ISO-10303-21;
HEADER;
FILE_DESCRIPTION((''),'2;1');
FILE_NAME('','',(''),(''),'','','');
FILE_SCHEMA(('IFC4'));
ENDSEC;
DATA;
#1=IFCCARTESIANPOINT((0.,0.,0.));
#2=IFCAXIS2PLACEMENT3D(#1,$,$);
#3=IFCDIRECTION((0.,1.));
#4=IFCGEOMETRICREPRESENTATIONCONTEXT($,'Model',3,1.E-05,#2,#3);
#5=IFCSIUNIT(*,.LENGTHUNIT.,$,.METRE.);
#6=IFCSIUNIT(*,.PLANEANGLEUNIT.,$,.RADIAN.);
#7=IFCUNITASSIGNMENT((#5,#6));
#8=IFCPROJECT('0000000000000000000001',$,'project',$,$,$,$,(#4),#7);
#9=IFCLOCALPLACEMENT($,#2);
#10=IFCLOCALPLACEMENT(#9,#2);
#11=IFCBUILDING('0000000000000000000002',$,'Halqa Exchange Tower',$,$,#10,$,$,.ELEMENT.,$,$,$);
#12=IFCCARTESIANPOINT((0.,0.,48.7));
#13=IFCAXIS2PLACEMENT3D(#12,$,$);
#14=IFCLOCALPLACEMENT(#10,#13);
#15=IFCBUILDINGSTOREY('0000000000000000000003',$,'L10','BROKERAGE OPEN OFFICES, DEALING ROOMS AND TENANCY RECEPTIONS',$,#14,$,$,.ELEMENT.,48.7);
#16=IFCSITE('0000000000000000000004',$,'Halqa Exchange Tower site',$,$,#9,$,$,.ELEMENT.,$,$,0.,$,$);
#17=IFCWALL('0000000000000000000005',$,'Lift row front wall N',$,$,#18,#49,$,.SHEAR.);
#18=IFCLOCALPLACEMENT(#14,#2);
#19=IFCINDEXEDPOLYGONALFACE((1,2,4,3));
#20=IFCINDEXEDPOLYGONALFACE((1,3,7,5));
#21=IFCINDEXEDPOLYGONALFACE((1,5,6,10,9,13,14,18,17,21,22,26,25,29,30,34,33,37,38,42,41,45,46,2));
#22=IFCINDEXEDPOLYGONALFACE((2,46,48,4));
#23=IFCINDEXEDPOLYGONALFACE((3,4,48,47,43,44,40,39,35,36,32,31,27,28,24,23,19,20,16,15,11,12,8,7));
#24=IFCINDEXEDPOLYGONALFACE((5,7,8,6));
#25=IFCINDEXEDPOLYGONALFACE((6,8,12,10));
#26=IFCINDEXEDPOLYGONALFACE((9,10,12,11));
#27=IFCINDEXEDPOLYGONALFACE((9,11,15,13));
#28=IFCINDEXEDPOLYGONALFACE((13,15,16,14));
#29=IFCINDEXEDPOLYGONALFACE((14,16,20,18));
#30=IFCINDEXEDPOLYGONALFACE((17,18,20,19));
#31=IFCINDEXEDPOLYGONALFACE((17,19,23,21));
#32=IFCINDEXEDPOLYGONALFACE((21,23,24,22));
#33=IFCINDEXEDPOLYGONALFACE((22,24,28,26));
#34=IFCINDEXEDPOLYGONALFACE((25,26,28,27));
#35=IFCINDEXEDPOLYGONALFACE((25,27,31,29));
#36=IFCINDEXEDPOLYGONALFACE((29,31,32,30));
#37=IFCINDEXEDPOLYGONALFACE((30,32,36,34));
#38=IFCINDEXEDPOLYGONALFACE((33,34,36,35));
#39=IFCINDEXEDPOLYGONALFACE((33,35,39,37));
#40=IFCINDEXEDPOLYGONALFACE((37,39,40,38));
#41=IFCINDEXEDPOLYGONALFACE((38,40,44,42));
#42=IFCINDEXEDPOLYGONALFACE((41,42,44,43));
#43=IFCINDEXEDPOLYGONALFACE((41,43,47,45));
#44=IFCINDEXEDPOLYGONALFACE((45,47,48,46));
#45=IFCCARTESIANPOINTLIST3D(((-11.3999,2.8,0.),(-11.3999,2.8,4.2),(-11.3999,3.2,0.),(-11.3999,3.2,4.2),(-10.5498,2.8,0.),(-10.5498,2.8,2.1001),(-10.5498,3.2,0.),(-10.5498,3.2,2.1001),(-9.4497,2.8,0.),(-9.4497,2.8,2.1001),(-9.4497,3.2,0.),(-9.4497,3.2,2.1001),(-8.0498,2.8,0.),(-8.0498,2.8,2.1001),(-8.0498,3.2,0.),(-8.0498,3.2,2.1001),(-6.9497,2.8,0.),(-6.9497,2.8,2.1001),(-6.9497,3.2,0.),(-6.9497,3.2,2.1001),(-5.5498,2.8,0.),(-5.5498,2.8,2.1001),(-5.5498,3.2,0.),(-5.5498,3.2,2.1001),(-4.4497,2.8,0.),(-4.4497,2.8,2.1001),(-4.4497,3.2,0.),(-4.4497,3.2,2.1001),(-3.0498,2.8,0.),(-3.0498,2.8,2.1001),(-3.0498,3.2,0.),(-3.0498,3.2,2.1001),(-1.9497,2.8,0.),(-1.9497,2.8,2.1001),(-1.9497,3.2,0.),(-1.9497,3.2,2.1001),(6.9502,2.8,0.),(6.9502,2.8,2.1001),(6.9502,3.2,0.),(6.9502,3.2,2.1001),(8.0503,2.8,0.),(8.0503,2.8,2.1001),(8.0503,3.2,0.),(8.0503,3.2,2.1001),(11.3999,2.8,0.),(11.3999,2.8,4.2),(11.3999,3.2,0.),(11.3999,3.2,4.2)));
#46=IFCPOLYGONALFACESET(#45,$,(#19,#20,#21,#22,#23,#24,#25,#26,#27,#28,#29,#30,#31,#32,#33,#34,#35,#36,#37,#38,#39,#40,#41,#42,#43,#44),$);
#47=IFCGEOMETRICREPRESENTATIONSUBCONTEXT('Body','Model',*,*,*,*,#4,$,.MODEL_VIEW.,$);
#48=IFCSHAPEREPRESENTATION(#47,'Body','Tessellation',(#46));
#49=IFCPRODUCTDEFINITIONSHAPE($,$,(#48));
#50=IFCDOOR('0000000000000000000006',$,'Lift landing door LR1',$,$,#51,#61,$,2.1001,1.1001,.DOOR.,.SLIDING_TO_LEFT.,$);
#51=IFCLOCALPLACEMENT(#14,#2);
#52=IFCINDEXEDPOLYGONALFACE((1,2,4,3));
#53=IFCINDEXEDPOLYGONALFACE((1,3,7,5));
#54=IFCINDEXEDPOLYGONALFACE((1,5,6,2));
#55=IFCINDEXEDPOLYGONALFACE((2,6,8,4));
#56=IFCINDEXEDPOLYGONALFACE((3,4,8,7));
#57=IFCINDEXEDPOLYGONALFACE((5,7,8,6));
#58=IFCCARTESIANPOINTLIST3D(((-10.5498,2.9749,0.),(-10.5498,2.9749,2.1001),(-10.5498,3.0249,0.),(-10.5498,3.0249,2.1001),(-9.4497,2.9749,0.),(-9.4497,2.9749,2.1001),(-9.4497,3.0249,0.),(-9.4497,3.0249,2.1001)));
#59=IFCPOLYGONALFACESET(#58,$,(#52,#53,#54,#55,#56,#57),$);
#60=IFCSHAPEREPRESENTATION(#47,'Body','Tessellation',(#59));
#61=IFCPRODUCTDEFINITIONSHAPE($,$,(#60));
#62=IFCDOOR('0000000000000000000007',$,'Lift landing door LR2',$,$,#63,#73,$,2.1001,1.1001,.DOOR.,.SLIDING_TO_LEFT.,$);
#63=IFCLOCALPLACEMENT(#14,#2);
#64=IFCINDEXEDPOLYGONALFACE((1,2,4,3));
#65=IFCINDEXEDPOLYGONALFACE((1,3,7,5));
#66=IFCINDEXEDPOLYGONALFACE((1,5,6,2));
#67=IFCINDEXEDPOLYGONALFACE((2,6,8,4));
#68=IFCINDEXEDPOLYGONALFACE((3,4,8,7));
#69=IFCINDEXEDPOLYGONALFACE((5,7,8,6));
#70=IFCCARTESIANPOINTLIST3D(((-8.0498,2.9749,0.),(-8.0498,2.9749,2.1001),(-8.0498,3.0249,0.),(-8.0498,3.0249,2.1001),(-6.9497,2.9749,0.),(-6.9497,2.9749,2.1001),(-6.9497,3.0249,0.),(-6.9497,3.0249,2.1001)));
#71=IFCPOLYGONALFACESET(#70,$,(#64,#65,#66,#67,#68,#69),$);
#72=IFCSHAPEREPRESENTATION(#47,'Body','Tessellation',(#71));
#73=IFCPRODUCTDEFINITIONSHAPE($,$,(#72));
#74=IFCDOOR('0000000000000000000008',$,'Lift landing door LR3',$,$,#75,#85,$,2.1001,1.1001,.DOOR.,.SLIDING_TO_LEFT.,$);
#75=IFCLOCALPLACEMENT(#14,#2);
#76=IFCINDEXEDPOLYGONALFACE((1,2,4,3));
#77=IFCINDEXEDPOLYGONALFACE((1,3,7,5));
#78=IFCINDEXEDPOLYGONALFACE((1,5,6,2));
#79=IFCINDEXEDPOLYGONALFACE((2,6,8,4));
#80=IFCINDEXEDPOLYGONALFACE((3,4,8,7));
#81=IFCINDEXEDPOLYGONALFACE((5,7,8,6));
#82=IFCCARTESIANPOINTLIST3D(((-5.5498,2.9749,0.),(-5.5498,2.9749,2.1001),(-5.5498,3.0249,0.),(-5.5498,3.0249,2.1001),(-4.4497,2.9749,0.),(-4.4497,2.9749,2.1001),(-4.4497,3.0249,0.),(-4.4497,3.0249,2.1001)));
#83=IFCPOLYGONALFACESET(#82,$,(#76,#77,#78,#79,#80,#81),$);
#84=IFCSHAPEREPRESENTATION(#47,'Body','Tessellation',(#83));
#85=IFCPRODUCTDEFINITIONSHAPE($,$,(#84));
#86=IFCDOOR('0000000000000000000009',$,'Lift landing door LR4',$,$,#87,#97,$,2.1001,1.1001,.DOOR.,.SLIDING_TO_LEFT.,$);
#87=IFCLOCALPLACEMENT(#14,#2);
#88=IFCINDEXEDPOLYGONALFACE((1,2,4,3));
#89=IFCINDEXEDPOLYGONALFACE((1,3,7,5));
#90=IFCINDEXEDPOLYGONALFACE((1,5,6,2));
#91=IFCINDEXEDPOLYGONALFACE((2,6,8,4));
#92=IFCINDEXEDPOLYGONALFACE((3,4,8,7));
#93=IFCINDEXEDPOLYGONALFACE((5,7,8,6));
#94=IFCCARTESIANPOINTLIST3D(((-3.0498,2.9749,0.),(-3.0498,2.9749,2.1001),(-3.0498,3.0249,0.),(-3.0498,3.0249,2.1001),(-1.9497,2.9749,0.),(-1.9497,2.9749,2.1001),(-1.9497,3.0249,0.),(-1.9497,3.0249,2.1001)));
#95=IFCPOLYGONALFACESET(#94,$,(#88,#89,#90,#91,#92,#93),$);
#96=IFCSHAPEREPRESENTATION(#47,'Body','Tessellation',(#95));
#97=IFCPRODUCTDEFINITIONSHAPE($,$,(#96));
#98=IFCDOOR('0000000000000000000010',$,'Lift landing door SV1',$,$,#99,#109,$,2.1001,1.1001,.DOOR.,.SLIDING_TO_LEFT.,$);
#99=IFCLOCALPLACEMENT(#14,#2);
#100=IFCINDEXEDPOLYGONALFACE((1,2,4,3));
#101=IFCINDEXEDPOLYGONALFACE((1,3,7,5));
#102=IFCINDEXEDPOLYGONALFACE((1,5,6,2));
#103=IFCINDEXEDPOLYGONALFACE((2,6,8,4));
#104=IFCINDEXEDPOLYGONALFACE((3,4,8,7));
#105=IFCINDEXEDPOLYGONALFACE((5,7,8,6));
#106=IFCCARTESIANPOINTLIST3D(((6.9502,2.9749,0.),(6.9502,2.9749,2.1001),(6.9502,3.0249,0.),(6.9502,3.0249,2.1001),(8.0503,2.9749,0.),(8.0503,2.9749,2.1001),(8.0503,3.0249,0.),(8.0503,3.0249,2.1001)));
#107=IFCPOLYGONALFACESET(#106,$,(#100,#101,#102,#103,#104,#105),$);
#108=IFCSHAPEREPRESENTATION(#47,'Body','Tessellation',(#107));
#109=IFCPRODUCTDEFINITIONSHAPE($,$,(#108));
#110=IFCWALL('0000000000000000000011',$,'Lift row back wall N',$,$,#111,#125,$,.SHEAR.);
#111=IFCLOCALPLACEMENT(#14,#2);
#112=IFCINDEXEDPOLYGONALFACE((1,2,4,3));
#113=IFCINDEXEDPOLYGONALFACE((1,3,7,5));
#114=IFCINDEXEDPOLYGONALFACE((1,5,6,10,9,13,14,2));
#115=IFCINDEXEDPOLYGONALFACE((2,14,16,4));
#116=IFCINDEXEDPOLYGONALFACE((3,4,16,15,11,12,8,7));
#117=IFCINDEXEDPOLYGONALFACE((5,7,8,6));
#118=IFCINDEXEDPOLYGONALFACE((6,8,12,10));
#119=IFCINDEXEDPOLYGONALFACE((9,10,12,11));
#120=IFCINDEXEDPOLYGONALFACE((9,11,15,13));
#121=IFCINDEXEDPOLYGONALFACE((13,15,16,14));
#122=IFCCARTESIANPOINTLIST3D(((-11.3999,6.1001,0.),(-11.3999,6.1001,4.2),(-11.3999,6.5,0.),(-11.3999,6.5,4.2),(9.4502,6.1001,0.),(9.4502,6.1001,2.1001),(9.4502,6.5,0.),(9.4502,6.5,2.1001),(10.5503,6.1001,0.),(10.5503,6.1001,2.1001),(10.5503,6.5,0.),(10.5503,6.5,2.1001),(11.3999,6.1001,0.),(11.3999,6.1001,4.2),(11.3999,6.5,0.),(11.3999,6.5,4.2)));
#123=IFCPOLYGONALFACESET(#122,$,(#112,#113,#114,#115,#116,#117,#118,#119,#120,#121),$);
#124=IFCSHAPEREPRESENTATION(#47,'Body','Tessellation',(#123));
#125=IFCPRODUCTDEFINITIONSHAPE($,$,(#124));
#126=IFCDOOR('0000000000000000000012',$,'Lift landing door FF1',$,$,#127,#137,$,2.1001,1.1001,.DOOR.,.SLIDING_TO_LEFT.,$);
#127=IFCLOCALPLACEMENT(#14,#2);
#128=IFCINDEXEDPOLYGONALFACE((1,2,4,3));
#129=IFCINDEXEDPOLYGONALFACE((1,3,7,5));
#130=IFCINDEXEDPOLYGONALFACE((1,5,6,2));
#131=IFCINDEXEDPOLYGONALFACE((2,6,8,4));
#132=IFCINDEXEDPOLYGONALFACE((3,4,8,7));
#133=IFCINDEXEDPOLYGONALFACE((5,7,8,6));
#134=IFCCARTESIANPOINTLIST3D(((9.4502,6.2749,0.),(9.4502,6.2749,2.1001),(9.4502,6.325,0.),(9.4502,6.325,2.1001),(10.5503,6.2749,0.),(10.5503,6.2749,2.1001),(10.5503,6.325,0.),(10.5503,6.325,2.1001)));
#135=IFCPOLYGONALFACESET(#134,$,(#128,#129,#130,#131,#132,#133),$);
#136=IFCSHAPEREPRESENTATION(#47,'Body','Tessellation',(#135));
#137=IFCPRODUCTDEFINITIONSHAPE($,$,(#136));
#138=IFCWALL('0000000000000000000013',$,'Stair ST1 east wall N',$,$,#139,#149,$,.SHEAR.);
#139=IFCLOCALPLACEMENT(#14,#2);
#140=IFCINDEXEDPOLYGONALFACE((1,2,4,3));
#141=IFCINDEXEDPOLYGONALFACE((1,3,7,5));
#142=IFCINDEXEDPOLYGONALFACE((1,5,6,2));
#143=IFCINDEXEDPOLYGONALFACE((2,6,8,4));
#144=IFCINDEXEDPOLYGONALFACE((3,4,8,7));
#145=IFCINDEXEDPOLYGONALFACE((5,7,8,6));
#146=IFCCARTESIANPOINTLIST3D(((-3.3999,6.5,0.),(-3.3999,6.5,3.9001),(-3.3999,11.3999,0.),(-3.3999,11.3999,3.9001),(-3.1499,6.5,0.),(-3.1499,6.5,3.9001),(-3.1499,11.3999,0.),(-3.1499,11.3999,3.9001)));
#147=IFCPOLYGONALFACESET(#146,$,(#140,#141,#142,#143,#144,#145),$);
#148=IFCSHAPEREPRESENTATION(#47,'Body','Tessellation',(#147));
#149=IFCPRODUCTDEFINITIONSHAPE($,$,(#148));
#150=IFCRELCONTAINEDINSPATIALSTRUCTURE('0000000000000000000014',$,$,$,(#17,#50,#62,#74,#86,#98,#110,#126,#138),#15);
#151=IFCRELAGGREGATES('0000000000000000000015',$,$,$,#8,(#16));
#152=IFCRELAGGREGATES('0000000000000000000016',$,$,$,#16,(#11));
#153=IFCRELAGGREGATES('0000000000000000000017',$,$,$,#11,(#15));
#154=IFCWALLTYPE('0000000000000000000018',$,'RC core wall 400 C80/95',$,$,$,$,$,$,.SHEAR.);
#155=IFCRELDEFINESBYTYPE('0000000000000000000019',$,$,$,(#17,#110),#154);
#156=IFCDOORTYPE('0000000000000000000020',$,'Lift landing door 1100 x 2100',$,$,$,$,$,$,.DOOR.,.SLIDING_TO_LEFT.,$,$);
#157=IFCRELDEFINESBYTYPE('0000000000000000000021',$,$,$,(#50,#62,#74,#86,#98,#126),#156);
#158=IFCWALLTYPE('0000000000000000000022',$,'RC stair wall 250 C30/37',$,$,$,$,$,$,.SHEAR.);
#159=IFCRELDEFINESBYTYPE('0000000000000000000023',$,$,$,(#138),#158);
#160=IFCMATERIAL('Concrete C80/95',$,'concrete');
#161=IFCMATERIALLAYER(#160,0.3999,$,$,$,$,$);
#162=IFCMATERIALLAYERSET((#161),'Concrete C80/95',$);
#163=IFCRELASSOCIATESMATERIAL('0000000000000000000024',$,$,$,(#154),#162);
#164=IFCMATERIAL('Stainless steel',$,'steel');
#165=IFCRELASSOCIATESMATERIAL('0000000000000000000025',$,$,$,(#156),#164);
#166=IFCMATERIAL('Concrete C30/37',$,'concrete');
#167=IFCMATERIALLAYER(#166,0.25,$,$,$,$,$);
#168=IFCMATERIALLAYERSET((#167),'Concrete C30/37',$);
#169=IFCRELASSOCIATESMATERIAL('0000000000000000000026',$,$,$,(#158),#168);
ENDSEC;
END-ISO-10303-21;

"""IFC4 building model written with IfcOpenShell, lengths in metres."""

from ifc_helpers import new_model, si_unit, direction, frame, frame_2d, origin, place, context, subcontext, project, spatial, rectangle, extrude, material, layer, layer_set, type_object, element, fill, save


model = new_model("IFC4")

# Units and contexts
model_context = context("Model", 3, precision=1e-05, world=origin(), true_north=direction((0.0, 1.0)))
body_context = subcontext(model_context, "Body", "Model", "MODEL_VIEW")
ifc_project = project(units=[si_unit("LENGTHUNIT", "METRE"), si_unit("PLANEANGLEUNIT", "RADIAN")], contexts=[model_context])

# Site, building, storey
site_placement = place(None, origin())
site = spatial("IfcSite", under=ifc_project, at=site_placement, Name="Halqa Exchange Tower site", CompositionType="ELEMENT", RefElevation=0.0)
building_placement = place(site_placement, origin())
building = spatial("IfcBuilding", under=site, at=building_placement, Name="Halqa Exchange Tower", CompositionType="ELEMENT")
storey_placement = place(building_placement, frame((0.0, 0.0, 48.7)))
storey = spatial("IfcBuildingStorey", under=building, at=storey_placement, Name="L10", Description="BROKERAGE OPEN OFFICES, DEALING ROOMS AND TENANCY RECEPTIONS", CompositionType="ELEMENT", Elevation=48.7)

# Wall, openings, doors
ifc_material_1 = material(Name="Concrete C80/95", Category="concrete")
ifc_layer_1 = layer(ifc_material_1, 0.3999)
ifc_layer_set_1 = layer_set([ifc_layer_1], Name="Concrete C80/95")
wall_type_1 = type_object("IfcWallType", Name="RC core wall 400 C80/95", PredefinedType="SHEAR", material=ifc_layer_set_1)
wall_1_placement = place(storey_placement, frame((-11.3999, 3.0, 0.0), z_axis=(0.0, 0.0, 1.0), x_axis=(1.0, 0.0, 0.0)))
wall_1 = element("IfcWall", 1, at=wall_1_placement, inside=storey, type_object=wall_type_1, Name="Lift row front wall N", PredefinedType="SHEAR", context=body_context, shape_type="SweptSolid", body=[
    extrude(rectangle(XDim=22.7998, YDim=0.3999, at=frame_2d((11.3999, 0.0))), origin(), (0.0, 0.0, 1.0), 4.2),
])
opening_1_placement = place(wall_1_placement, frame((0.8501, 0.0, 0.0)))
opening_1 = element("IfcOpeningElement", 2, at=opening_1_placement, cuts=wall_1, PredefinedType="OPENING", context=body_context, shape_type="SweptSolid", body=[
    extrude(rectangle(XDim=1.1001, YDim=2.1001, at=frame_2d((0.55, 1.05))), frame((0.0, 0.2119, 0.0), z_axis=(0.0, -1.0, 0.0), x_axis=(1.0, 0.0, 0.0)), (0.0, 0.0, 1.0), 0.4238),
])
opening_2_placement = place(wall_1_placement, frame((3.3501, 0.0, 0.0)))
opening_2 = element("IfcOpeningElement", 3, at=opening_2_placement, cuts=wall_1, PredefinedType="OPENING", context=body_context, shape_type="SweptSolid", body=[
    extrude(rectangle(XDim=1.1001, YDim=2.1001, at=frame_2d((0.55, 1.05))), frame((0.0, 0.2119, 0.0), z_axis=(0.0, -1.0, 0.0), x_axis=(1.0, 0.0, 0.0)), (0.0, 0.0, 1.0), 0.4238),
])
opening_3_placement = place(wall_1_placement, frame((5.8501, 0.0, 0.0)))
opening_3 = element("IfcOpeningElement", 4, at=opening_3_placement, cuts=wall_1, PredefinedType="OPENING", context=body_context, shape_type="SweptSolid", body=[
    extrude(rectangle(XDim=1.1001, YDim=2.1001, at=frame_2d((0.55, 1.05))), frame((0.0, 0.2119, 0.0), z_axis=(0.0, -1.0, 0.0), x_axis=(1.0, 0.0, 0.0)), (0.0, 0.0, 1.0), 0.4238),
])
opening_4_placement = place(wall_1_placement, frame((8.3501, 0.0, 0.0)))
opening_4 = element("IfcOpeningElement", 5, at=opening_4_placement, cuts=wall_1, PredefinedType="OPENING", context=body_context, shape_type="SweptSolid", body=[
    extrude(rectangle(XDim=1.1001, YDim=2.1001, at=frame_2d((0.55, 1.05))), frame((0.0, 0.2119, 0.0), z_axis=(0.0, -1.0, 0.0), x_axis=(1.0, 0.0, 0.0)), (0.0, 0.0, 1.0), 0.4238),
])
opening_5_placement = place(wall_1_placement, frame((18.3501, 0.0, 0.0)))
opening_5 = element("IfcOpeningElement", 6, at=opening_5_placement, cuts=wall_1, PredefinedType="OPENING", context=body_context, shape_type="SweptSolid", body=[
    extrude(rectangle(XDim=1.1001, YDim=2.1001, at=frame_2d((0.55, 1.05))), frame((0.0, 0.2119, 0.0), z_axis=(0.0, -1.0, 0.0), x_axis=(1.0, 0.0, 0.0)), (0.0, 0.0, 1.0), 0.4238),
])
ifc_material_2 = material(Name="Stainless steel", Category="steel")
door_type = type_object("IfcDoorType", Name="Lift landing door 1100 x 2100", OperationType="SLIDING_TO_LEFT", PredefinedType="DOOR", material=ifc_material_2)
door_1_placement = place(opening_1_placement, origin())
door_1 = element("IfcDoor", 7, at=door_1_placement, inside=storey, type_object=door_type, Name="Lift landing door LR1", OperationType="SLIDING_TO_LEFT", OverallHeight=2.1001, OverallWidth=1.1001, PredefinedType="DOOR", context=body_context, shape_type="SweptSolid", body=[
    extrude(rectangle(XDim=1.1001, YDim=2.1001, at=frame_2d((0.55, 1.05))), frame((0.0, 0.0249, 0.0), z_axis=(0.0, -1.0, 0.0), x_axis=(1.0, 0.0, 0.0)), (0.0, 0.0, 1.0), 0.05),
])
fill(opening_1, door_1)
door_2_placement = place(opening_2_placement, origin())
door_2 = element("IfcDoor", 8, at=door_2_placement, inside=storey, type_object=door_type, Name="Lift landing door LR2", OperationType="SLIDING_TO_LEFT", OverallHeight=2.1001, OverallWidth=1.1001, PredefinedType="DOOR", context=body_context, shape_type="SweptSolid", body=[
    extrude(rectangle(XDim=1.1001, YDim=2.1001, at=frame_2d((0.55, 1.05))), frame((0.0, 0.0249, 0.0), z_axis=(0.0, -1.0, 0.0), x_axis=(1.0, 0.0, 0.0)), (0.0, 0.0, 1.0), 0.05),
])
fill(opening_2, door_2)
door_3_placement = place(opening_3_placement, origin())
door_3 = element("IfcDoor", 9, at=door_3_placement, inside=storey, type_object=door_type, Name="Lift landing door LR3", OperationType="SLIDING_TO_LEFT", OverallHeight=2.1001, OverallWidth=1.1001, PredefinedType="DOOR", context=body_context, shape_type="SweptSolid", body=[
    extrude(rectangle(XDim=1.1001, YDim=2.1001, at=frame_2d((0.55, 1.05))), frame((0.0, 0.0249, 0.0), z_axis=(0.0, -1.0, 0.0), x_axis=(1.0, 0.0, 0.0)), (0.0, 0.0, 1.0), 0.05),
])
fill(opening_3, door_3)
door_4_placement = place(opening_4_placement, origin())
door_4 = element("IfcDoor", 10, at=door_4_placement, inside=storey, type_object=door_type, Name="Lift landing door LR4", OperationType="SLIDING_TO_LEFT", OverallHeight=2.1001, OverallWidth=1.1001, PredefinedType="DOOR", context=body_context, shape_type="SweptSolid", body=[
    extrude(rectangle(XDim=1.1001, YDim=2.1001, at=frame_2d((0.55, 1.05))), frame((0.0, 0.0249, 0.0), z_axis=(0.0, -1.0, 0.0), x_axis=(1.0, 0.0, 0.0)), (0.0, 0.0, 1.0), 0.05),
])
fill(opening_4, door_4)
door_5_placement = place(opening_5_placement, origin())
door_5 = element("IfcDoor", 11, at=door_5_placement, inside=storey, type_object=door_type, Name="Lift landing door SV1", OperationType="SLIDING_TO_LEFT", OverallHeight=2.1001, OverallWidth=1.1001, PredefinedType="DOOR", context=body_context, shape_type="SweptSolid", body=[
    extrude(rectangle(XDim=1.1001, YDim=2.1001, at=frame_2d((0.55, 1.05))), frame((0.0, 0.0249, 0.0), z_axis=(0.0, -1.0, 0.0), x_axis=(1.0, 0.0, 0.0)), (0.0, 0.0, 1.0), 0.05),
])
fill(opening_5, door_5)

# Wall, opening, door
wall_2_placement = place(storey_placement, frame((-11.3999, 6.3, 0.0), z_axis=(0.0, 0.0, 1.0), x_axis=(1.0, 0.0, 0.0)))
wall_2 = element("IfcWall", 12, at=wall_2_placement, inside=storey, type_object=wall_type_1, Name="Lift row back wall N", PredefinedType="SHEAR", context=body_context, shape_type="SweptSolid", body=[
    extrude(rectangle(XDim=22.7998, YDim=0.3999, at=frame_2d((11.3999, 0.0))), origin(), (0.0, 0.0, 1.0), 4.2),
])
opening_6_placement = place(wall_2_placement, frame((20.8501, 0.0, 0.0)))
opening_6 = element("IfcOpeningElement", 13, at=opening_6_placement, cuts=wall_2, PredefinedType="OPENING", context=body_context, shape_type="SweptSolid", body=[
    extrude(rectangle(XDim=1.1001, YDim=2.1001, at=frame_2d((0.55, 1.05))), frame((0.0, 0.2119, 0.0), z_axis=(0.0, -1.0, 0.0), x_axis=(1.0, 0.0, 0.0)), (0.0, 0.0, 1.0), 0.4238),
])
door_6_placement = place(opening_6_placement, origin())
door_6 = element("IfcDoor", 14, at=door_6_placement, inside=storey, type_object=door_type, Name="Lift landing door FF1", OperationType="SLIDING_TO_LEFT", OverallHeight=2.1001, OverallWidth=1.1001, PredefinedType="DOOR", context=body_context, shape_type="SweptSolid", body=[
    extrude(rectangle(XDim=1.1001, YDim=2.1001, at=frame_2d((0.55, 1.05))), frame((0.0, 0.0249, 0.0), z_axis=(0.0, -1.0, 0.0), x_axis=(1.0, 0.0, 0.0)), (0.0, 0.0, 1.0), 0.05),
])
fill(opening_6, door_6)

# Wall
ifc_material_3 = material(Name="Concrete C30/37", Category="concrete")
ifc_layer_2 = layer(ifc_material_3, 0.25)
ifc_layer_set_2 = layer_set([ifc_layer_2], Name="Concrete C30/37")
wall_type_2 = type_object("IfcWallType", Name="RC stair wall 250 C30/37", PredefinedType="SHEAR", material=ifc_layer_set_2)
wall_3_placement = place(storey_placement, frame((-3.2749, 6.5, 0.0), z_axis=(0.0, 0.0, 1.0), x_axis=(0.0, 1.0, 0.0)))
element("IfcWall", 15, at=wall_3_placement, inside=storey, type_object=wall_type_2, Name="Stair ST1 east wall N", PredefinedType="SHEAR", context=body_context, shape_type="SweptSolid", body=[
    extrude(rectangle(XDim=4.8999, YDim=0.25, at=frame_2d((2.45, 0.0))), origin(), (0.0, 0.0, 1.0), 3.9001),
])

save(model, "model.ifc")
